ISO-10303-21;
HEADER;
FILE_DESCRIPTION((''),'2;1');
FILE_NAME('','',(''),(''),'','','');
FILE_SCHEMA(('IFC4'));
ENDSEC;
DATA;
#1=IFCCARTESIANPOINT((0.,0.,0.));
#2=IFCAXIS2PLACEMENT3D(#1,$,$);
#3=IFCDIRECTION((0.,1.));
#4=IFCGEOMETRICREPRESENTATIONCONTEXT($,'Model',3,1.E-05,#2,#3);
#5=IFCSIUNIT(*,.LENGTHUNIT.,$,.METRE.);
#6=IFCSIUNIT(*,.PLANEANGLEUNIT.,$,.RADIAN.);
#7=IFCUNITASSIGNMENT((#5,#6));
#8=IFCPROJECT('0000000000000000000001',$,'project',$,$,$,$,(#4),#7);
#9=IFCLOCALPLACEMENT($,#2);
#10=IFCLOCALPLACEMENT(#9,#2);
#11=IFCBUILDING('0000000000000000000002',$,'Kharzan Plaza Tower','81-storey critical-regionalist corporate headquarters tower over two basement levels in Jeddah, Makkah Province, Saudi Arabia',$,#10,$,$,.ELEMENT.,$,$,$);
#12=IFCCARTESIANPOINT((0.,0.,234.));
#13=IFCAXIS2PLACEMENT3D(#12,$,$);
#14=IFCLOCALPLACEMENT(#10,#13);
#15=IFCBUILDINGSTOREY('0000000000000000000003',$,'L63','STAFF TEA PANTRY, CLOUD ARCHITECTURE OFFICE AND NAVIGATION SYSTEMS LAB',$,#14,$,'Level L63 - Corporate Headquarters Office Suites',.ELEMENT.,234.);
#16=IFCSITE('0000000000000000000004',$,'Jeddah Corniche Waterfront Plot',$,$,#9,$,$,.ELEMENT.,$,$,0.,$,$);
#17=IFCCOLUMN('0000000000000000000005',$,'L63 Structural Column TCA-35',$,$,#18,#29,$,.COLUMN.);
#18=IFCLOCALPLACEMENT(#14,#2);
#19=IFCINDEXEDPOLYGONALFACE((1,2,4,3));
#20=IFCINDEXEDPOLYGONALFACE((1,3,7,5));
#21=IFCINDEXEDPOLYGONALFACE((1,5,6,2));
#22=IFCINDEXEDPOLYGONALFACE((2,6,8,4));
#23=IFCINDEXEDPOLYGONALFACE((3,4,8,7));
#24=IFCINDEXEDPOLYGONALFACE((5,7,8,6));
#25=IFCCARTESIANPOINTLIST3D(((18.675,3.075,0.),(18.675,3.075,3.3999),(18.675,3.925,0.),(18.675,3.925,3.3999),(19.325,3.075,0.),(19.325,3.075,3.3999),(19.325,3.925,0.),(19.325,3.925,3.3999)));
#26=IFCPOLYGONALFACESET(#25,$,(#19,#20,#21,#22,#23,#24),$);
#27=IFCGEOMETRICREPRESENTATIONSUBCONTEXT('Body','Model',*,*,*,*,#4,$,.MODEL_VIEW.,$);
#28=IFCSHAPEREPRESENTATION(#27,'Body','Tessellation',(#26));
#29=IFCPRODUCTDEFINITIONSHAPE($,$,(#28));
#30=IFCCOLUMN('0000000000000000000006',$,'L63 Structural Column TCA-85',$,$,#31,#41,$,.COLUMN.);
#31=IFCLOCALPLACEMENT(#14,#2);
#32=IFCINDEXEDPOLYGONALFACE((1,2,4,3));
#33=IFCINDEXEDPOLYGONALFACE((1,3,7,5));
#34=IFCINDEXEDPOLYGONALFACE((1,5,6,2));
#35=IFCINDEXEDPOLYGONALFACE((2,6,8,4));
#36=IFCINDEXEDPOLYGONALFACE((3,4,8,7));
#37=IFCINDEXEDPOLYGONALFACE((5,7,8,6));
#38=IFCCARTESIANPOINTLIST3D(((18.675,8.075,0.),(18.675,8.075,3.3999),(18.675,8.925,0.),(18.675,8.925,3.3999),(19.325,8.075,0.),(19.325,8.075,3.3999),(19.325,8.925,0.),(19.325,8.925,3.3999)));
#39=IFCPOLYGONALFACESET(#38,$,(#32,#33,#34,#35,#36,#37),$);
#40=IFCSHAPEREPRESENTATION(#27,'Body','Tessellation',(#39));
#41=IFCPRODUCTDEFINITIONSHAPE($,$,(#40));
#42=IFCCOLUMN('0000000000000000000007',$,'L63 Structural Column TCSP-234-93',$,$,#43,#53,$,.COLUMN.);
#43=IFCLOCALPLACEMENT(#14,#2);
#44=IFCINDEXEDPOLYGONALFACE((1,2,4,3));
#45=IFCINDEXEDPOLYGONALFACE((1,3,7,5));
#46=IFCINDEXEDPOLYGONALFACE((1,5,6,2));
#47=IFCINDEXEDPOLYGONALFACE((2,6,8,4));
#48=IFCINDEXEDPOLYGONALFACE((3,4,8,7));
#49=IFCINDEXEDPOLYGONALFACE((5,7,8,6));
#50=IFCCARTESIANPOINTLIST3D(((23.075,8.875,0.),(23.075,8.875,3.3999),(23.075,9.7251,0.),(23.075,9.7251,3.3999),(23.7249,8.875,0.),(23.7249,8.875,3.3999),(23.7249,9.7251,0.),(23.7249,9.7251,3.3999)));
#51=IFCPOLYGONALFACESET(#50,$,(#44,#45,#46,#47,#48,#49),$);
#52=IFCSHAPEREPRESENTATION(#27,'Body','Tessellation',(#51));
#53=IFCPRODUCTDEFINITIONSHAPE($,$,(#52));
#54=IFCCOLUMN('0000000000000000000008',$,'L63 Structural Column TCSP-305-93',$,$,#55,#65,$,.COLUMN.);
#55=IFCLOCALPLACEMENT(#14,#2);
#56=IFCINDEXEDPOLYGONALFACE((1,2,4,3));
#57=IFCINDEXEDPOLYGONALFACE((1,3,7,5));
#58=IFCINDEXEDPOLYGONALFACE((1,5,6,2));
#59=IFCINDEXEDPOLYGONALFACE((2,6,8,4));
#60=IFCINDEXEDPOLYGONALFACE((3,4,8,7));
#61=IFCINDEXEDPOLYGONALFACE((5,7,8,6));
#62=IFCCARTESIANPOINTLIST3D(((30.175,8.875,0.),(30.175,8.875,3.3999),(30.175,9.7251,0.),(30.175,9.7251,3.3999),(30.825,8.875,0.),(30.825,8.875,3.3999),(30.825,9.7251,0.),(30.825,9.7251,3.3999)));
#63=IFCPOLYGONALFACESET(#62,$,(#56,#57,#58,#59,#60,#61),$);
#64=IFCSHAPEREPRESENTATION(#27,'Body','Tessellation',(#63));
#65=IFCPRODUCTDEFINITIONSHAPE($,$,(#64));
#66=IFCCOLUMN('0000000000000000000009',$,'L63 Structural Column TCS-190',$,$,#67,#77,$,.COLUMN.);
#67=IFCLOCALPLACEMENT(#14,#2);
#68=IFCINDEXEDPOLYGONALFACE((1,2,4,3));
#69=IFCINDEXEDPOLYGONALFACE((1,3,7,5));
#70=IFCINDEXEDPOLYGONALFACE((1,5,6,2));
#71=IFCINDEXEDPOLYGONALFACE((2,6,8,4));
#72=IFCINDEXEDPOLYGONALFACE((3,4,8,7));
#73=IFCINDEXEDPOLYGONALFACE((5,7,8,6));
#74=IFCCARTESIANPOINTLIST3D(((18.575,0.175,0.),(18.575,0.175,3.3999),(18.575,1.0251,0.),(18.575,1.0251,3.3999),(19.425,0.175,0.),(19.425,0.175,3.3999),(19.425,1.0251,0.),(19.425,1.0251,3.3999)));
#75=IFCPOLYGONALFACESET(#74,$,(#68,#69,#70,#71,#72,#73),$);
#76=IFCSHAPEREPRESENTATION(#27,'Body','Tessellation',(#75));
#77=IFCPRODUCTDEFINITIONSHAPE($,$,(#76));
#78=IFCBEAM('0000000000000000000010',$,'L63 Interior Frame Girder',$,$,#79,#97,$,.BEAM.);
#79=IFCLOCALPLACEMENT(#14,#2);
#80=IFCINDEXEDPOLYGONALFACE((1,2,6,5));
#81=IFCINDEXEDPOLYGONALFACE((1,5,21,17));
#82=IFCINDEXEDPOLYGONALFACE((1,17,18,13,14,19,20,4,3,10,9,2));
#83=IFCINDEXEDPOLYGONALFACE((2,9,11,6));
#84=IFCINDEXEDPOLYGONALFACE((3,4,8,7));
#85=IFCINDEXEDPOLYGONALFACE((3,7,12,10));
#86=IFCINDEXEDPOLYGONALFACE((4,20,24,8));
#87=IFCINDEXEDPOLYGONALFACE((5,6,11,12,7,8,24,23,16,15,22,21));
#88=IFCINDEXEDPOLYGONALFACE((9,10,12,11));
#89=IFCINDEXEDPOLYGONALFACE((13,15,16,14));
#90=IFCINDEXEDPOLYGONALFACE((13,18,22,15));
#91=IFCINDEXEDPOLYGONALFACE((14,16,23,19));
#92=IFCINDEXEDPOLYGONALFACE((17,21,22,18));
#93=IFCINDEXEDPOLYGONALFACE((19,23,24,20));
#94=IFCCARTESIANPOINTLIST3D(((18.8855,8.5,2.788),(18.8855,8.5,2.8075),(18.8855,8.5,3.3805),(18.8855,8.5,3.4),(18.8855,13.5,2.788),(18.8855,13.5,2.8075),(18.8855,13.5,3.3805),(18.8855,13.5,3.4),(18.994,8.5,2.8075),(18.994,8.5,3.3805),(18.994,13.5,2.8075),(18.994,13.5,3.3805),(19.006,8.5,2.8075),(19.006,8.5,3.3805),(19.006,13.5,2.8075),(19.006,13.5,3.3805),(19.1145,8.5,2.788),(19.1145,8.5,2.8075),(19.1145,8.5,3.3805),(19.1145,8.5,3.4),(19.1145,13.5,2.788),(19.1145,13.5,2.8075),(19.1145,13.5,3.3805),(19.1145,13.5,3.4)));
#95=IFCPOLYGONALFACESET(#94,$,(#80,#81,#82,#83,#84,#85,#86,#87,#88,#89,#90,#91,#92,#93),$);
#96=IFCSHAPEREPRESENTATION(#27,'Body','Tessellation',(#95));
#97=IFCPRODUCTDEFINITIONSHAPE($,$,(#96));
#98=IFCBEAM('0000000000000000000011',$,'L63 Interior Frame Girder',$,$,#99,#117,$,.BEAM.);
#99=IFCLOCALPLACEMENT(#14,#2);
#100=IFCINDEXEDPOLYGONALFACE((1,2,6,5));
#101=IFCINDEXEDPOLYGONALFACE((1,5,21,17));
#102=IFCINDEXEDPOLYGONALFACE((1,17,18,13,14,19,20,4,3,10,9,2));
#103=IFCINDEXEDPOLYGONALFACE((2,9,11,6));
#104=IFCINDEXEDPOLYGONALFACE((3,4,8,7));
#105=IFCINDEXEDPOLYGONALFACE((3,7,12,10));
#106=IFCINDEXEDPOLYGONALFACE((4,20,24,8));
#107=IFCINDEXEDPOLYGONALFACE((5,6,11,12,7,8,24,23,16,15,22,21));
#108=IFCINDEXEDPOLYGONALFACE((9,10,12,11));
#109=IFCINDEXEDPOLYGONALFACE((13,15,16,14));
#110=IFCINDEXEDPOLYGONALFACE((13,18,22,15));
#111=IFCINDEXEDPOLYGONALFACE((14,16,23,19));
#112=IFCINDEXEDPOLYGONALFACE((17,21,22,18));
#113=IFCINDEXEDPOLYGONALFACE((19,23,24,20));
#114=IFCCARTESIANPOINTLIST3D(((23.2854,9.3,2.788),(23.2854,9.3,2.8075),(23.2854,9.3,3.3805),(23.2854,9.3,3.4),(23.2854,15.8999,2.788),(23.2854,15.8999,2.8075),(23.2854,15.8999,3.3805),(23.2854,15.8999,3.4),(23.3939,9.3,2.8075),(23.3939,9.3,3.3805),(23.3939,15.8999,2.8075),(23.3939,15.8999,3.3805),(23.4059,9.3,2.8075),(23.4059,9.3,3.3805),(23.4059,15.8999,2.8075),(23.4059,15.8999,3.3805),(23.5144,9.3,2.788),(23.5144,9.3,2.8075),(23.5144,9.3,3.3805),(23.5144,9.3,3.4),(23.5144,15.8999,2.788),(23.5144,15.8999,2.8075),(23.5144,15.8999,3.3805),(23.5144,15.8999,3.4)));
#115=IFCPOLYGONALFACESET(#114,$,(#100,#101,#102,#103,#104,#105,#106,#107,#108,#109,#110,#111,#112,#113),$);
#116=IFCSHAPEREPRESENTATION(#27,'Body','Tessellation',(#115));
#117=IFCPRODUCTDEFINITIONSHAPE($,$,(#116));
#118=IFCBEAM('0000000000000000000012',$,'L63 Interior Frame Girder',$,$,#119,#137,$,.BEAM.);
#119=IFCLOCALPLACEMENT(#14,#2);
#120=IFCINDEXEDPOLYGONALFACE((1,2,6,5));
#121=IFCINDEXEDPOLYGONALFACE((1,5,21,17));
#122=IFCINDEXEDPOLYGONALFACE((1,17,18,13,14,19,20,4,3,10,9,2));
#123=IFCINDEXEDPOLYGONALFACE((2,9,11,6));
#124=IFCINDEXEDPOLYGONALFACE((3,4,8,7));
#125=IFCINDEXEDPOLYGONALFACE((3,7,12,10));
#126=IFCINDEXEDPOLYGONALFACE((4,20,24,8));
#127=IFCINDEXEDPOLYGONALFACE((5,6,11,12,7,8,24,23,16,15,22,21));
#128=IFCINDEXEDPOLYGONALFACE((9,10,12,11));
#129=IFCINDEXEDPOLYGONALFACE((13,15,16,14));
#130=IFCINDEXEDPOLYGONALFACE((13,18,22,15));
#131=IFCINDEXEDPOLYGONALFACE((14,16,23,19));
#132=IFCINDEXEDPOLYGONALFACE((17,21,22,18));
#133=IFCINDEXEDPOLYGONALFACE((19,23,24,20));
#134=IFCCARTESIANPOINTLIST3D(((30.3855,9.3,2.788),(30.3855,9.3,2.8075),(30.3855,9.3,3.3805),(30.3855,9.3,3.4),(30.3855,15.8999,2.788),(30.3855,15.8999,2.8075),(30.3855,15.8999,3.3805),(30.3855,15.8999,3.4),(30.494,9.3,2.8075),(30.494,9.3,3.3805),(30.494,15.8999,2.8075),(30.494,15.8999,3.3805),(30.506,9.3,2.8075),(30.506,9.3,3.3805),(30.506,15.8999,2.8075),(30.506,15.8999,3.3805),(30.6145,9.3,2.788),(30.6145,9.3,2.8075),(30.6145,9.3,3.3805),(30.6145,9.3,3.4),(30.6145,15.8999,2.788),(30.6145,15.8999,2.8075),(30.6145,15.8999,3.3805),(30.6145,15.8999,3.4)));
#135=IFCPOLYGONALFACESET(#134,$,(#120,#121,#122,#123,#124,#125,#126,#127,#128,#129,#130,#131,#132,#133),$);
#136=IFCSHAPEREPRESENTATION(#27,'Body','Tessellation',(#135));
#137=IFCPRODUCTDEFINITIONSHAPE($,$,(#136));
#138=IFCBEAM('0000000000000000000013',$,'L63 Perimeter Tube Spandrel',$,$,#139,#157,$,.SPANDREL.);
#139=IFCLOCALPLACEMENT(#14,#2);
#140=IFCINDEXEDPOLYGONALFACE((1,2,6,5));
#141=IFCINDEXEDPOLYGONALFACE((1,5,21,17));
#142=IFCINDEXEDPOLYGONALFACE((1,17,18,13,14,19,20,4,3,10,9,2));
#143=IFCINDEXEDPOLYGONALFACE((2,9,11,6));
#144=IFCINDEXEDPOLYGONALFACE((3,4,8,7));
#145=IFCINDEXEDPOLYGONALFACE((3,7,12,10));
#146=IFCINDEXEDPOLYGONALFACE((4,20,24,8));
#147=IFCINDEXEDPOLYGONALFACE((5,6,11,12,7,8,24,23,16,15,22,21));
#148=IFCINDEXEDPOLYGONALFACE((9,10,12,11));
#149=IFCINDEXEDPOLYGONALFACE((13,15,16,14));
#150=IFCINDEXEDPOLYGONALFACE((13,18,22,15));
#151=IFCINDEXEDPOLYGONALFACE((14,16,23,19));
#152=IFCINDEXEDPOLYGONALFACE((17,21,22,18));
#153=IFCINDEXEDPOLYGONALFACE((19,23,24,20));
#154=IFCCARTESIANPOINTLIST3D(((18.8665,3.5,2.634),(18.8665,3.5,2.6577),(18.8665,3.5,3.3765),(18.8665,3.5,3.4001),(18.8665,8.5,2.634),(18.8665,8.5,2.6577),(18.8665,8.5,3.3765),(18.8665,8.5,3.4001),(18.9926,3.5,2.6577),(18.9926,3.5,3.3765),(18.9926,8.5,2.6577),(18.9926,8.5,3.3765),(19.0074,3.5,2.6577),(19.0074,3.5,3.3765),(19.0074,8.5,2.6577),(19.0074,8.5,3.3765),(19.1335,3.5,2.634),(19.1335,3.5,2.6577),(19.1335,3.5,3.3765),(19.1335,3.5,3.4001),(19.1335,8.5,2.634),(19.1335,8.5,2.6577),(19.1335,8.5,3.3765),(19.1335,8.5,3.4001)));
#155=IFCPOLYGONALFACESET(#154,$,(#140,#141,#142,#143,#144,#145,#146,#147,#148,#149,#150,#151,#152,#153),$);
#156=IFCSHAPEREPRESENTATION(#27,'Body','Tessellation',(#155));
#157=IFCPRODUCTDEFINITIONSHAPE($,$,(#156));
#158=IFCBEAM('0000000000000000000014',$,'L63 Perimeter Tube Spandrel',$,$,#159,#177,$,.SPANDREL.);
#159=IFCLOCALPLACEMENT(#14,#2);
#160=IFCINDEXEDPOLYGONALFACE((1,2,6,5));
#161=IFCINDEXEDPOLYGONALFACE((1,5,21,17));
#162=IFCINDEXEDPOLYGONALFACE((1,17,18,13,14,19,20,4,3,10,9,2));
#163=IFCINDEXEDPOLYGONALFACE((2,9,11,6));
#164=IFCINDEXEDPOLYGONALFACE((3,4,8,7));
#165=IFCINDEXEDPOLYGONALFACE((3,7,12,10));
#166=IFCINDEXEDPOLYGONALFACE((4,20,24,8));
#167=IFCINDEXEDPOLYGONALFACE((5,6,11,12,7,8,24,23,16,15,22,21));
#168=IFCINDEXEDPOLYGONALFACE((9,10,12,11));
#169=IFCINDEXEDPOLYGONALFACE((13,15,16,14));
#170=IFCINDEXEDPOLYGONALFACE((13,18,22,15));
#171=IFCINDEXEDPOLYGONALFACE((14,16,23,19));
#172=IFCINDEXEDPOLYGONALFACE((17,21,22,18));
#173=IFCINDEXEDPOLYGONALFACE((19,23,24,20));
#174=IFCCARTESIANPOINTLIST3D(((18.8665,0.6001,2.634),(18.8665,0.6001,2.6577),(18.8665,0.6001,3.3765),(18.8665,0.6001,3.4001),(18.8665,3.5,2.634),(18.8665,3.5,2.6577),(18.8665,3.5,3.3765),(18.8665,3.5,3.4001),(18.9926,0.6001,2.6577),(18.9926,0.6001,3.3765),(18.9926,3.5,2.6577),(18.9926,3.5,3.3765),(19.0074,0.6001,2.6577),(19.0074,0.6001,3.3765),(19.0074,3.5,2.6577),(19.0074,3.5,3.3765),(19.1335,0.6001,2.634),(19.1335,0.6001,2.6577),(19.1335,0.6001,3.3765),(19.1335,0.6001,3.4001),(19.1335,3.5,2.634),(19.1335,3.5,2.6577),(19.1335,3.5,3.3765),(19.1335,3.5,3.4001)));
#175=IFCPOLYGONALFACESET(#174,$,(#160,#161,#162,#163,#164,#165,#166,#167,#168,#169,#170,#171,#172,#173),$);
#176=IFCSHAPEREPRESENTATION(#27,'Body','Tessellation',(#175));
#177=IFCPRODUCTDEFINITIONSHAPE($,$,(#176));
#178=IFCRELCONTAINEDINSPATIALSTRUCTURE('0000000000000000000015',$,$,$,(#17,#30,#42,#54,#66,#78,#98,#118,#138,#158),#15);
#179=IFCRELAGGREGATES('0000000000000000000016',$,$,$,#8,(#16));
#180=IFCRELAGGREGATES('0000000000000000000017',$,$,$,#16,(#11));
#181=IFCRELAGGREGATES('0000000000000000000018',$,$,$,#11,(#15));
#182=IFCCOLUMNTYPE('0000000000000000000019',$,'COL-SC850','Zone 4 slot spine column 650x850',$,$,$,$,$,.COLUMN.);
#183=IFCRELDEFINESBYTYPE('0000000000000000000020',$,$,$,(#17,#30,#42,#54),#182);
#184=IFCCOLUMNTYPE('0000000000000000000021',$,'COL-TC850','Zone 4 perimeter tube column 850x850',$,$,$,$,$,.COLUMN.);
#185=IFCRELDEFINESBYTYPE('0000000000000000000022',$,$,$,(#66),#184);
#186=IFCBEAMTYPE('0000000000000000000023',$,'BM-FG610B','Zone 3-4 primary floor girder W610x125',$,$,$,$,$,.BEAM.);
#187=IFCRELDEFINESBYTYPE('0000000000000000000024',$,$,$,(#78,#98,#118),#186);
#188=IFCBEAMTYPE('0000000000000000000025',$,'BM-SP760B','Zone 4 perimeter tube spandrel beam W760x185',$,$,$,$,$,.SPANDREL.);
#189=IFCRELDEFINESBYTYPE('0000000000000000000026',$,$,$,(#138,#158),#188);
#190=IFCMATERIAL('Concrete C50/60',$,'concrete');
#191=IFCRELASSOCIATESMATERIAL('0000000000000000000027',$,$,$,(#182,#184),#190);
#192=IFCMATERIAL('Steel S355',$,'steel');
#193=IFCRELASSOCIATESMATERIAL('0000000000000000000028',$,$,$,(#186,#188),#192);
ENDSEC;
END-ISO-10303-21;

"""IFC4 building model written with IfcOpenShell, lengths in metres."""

from ifc_helpers import new_model, si_unit, direction, frame, origin, origin_2d, place, context, subcontext, project, spatial, rectangle, i_section, extrude, source, transform, mapped, material, material_profile, profile_set, type_object, element, save


model = new_model("IFC4")

# Units and contexts
model_context = context("Model", 3, precision=1e-05, world=origin(), true_north=direction((0.0, 1.0)))
body_context = subcontext(model_context, "Body", "Model", "MODEL_VIEW")
ifc_project = project(units=[si_unit("LENGTHUNIT", "METRE"), si_unit("PLANEANGLEUNIT", "RADIAN")], contexts=[model_context])

# Site, building, storey
site_placement = place(None, origin())
site = spatial("IfcSite", under=ifc_project, at=site_placement, Name="Jeddah Corniche Waterfront Plot", CompositionType="ELEMENT", RefElevation=0.0)
building_placement = place(site_placement, origin())
building = spatial("IfcBuilding", under=site, at=building_placement, Name="Kharzan Plaza Tower", Description="81-storey critical-regionalist corporate headquarters tower over two basement levels in Jeddah, Makkah Province, Saudi Arabia", CompositionType="ELEMENT")
storey_placement = place(building_placement, frame((0.0, 0.0, 234.0)))
storey = spatial("IfcBuildingStorey", under=building, at=storey_placement, Name="L63", Description="STAFF TEA PANTRY, CLOUD ARCHITECTURE OFFICE AND NAVIGATION SYSTEMS LAB", LongName="Level L63 - Corporate Headquarters Office Suites", CompositionType="ELEMENT", Elevation=234.0)

# Columns
ifc_material_1 = material(Name="Concrete C50/60", Category="concrete")
ifc_material_profile_1 = material_profile(ifc_material_1, rectangle(XDim=0.6499, YDim=0.8501, at=origin_2d()), Name="RC-SC850x650")
ifc_profile_set_1 = profile_set([ifc_material_profile_1], Name="Concrete C50/60")
column_type_1 = type_object("IfcColumnType", Name="COL-SC850", Description="Zone 4 slot spine column 650x850", PredefinedType="COLUMN", material=ifc_profile_set_1)
shared_shape_1 = source(origin(), body_context, "Body", "SweptSolid", [
    extrude(rectangle(XDim=0.6499, YDim=0.8501, at=origin_2d()), origin(), (0.0, 0.0, 1.0), 3.3999),
])
for number, where, z_axis, x_axis, name in (
    (1, (19.0, 3.5, 0.0), (0.0, 0.0, 1.0), (1.0, 0.0, 0.0), "L63 Structural Column TCA-35"),
    (2, (19.0, 8.5, 0.0), (0.0, 0.0, 1.0), (1.0, 0.0, 0.0), "L63 Structural Column TCA-85"),
    (3, (23.3999, 9.3, 0.0), (0.0, 0.0, 1.0), (1.0, 0.0, 0.0), "L63 Structural Column TCSP-234-93"),
    (4, (30.5, 9.3, 0.0), (0.0, 0.0, 1.0), (1.0, 0.0, 0.0), "L63 Structural Column TCSP-305-93"),
):
    element("IfcColumn", number, at=place(storey_placement, frame(where, z_axis=z_axis, x_axis=x_axis)), inside=storey, type_object=column_type_1, Name=name, PredefinedType="COLUMN", context=body_context, shape_type="MappedRepresentation", body=[
        mapped(shared_shape_1, transform((0.0, 0.0, 0.0), x_axis=(1.0, 0.0, 0.0), y_axis=(0.0, 1.0, 0.0), z_axis=(0.0, 0.0, 1.0))),
    ])
ifc_material_profile_2 = material_profile(ifc_material_1, rectangle(XDim=0.8501, YDim=0.8501, at=origin_2d()), Name="RC-TC850x850")
ifc_profile_set_2 = profile_set([ifc_material_profile_2], Name="Concrete C50/60")
column_type_2 = type_object("IfcColumnType", Name="COL-TC850", Description="Zone 4 perimeter tube column 850x850", PredefinedType="COLUMN", material=ifc_profile_set_2)
shared_shape_2 = source(origin(), body_context, "Body", "SweptSolid", [
    extrude(rectangle(XDim=0.8501, YDim=0.8501, at=origin_2d()), origin(), (0.0, 0.0, 1.0), 3.3999),
])
column_placement = place(storey_placement, frame((19.0, 0.6001, 0.0), z_axis=(0.0, 0.0, 1.0), x_axis=(1.0, 0.0, 0.0)))
element("IfcColumn", 5, at=column_placement, inside=storey, type_object=column_type_2, Name="L63 Structural Column TCS-190", PredefinedType="COLUMN", context=body_context, shape_type="MappedRepresentation", body=[
    mapped(shared_shape_2, transform((0.0, 0.0, 0.0), x_axis=(1.0, 0.0, 0.0), y_axis=(0.0, 1.0, 0.0), z_axis=(0.0, 0.0, 1.0))),
])

# Beams
ifc_material_2 = material(Name="Steel S355", Category="steel")
ifc_material_profile_3 = material_profile(ifc_material_2, i_section(OverallWidth=0.229, OverallDepth=0.6121, WebThickness=0.012, FlangeThickness=0.0195, at=origin_2d()), Name="W610x125")
ifc_profile_set_3 = profile_set([ifc_material_profile_3], Name="Steel S355")
beam_type_1 = type_object("IfcBeamType", Name="BM-FG610B", Description="Zone 3-4 primary floor girder W610x125", PredefinedType="BEAM", material=ifc_profile_set_3)
shared_shape_3 = source(origin(), body_context, "Body", "SweptSolid", [
    extrude(i_section(OverallWidth=0.229, OverallDepth=0.6121, WebThickness=0.012, FlangeThickness=0.0195, at=origin_2d()), origin(), (0.0, 0.0, 1.0), 5.0),
])
beam_1_placement = place(storey_placement, frame((19.0, 8.5, 3.094), z_axis=(0.0, 1.0, 0.0), x_axis=(-1.0, 0.0, 0.0)))
element("IfcBeam", 6, at=beam_1_placement, inside=storey, type_object=beam_type_1, Name="L63 Interior Frame Girder", PredefinedType="BEAM", context=body_context, shape_type="MappedRepresentation", body=[
    mapped(shared_shape_3, transform((0.0, 0.0, 0.0), x_axis=(1.0, 0.0, 0.0), y_axis=(0.0, 1.0, 0.0), z_axis=(0.0, 0.0, 1.0))),
])
shared_shape_4 = source(origin(), body_context, "Body", "SweptSolid", [
    extrude(i_section(OverallWidth=0.229, OverallDepth=0.6121, WebThickness=0.012, FlangeThickness=0.0195, at=origin_2d()), origin(), (0.0, 0.0, 1.0), 6.5999),
])
for number, where, z_axis, x_axis, name in (
    (7, (23.3999, 9.3, 3.094), (0.0, 1.0, 0.0), (-1.0, 0.0, 0.0), "L63 Interior Frame Girder"),
    (8, (30.5, 9.3, 3.094), (0.0, 1.0, 0.0), (-1.0, 0.0, 0.0), "L63 Interior Frame Girder"),
):
    element("IfcBeam", number, at=place(storey_placement, frame(where, z_axis=z_axis, x_axis=x_axis)), inside=storey, type_object=beam_type_1, Name=name, PredefinedType="BEAM", context=body_context, shape_type="MappedRepresentation", body=[
        mapped(shared_shape_4, transform((0.0, 0.0, 0.0), x_axis=(1.0, 0.0, 0.0), y_axis=(0.0, 1.0, 0.0), z_axis=(0.0, 0.0, 1.0))),
    ])
ifc_material_profile_4 = material_profile(ifc_material_2, i_section(OverallWidth=0.2671, OverallDepth=0.7661, WebThickness=0.0149, FlangeThickness=0.0237, at=origin_2d()), Name="W760x185")
ifc_profile_set_4 = profile_set([ifc_material_profile_4], Name="Steel S355")
beam_type_2 = type_object("IfcBeamType", Name="BM-SP760B", Description="Zone 4 perimeter tube spandrel beam W760x185", PredefinedType="SPANDREL", material=ifc_profile_set_4)
shared_shape_5 = source(origin(), body_context, "Body", "SweptSolid", [
    extrude(i_section(OverallWidth=0.2671, OverallDepth=0.7661, WebThickness=0.0149, FlangeThickness=0.0237, at=origin_2d()), origin(), (0.0, 0.0, 1.0), 5.0),
])
beam_2_placement = place(storey_placement, frame((19.0, 3.5, 3.0171), z_axis=(0.0, 1.0, 0.0), x_axis=(-1.0, 0.0, 0.0)))
element("IfcBeam", 9, at=beam_2_placement, inside=storey, type_object=beam_type_2, Name="L63 Perimeter Tube Spandrel", PredefinedType="SPANDREL", context=body_context, shape_type="MappedRepresentation", body=[
    mapped(shared_shape_5, transform((0.0, 0.0, 0.0), x_axis=(1.0, 0.0, 0.0), y_axis=(0.0, 1.0, 0.0), z_axis=(0.0, 0.0, 1.0))),
])
shared_shape_6 = source(origin(), body_context, "Body", "SweptSolid", [
    extrude(i_section(OverallWidth=0.2671, OverallDepth=0.7661, WebThickness=0.0149, FlangeThickness=0.0237, at=origin_2d()), origin(), (0.0, 0.0, 1.0), 2.8999),
])
beam_3_placement = place(storey_placement, frame((19.0, 0.6001, 3.0171), z_axis=(0.0, 1.0, 0.0), x_axis=(-1.0, 0.0, 0.0)))
element("IfcBeam", 10, at=beam_3_placement, inside=storey, type_object=beam_type_2, Name="L63 Perimeter Tube Spandrel", PredefinedType="SPANDREL", context=body_context, shape_type="MappedRepresentation", body=[
    mapped(shared_shape_6, transform((0.0, 0.0, 0.0), x_axis=(1.0, 0.0, 0.0), y_axis=(0.0, 1.0, 0.0), z_axis=(0.0, 0.0, 1.0))),
])

save(model, "model.ifc")
